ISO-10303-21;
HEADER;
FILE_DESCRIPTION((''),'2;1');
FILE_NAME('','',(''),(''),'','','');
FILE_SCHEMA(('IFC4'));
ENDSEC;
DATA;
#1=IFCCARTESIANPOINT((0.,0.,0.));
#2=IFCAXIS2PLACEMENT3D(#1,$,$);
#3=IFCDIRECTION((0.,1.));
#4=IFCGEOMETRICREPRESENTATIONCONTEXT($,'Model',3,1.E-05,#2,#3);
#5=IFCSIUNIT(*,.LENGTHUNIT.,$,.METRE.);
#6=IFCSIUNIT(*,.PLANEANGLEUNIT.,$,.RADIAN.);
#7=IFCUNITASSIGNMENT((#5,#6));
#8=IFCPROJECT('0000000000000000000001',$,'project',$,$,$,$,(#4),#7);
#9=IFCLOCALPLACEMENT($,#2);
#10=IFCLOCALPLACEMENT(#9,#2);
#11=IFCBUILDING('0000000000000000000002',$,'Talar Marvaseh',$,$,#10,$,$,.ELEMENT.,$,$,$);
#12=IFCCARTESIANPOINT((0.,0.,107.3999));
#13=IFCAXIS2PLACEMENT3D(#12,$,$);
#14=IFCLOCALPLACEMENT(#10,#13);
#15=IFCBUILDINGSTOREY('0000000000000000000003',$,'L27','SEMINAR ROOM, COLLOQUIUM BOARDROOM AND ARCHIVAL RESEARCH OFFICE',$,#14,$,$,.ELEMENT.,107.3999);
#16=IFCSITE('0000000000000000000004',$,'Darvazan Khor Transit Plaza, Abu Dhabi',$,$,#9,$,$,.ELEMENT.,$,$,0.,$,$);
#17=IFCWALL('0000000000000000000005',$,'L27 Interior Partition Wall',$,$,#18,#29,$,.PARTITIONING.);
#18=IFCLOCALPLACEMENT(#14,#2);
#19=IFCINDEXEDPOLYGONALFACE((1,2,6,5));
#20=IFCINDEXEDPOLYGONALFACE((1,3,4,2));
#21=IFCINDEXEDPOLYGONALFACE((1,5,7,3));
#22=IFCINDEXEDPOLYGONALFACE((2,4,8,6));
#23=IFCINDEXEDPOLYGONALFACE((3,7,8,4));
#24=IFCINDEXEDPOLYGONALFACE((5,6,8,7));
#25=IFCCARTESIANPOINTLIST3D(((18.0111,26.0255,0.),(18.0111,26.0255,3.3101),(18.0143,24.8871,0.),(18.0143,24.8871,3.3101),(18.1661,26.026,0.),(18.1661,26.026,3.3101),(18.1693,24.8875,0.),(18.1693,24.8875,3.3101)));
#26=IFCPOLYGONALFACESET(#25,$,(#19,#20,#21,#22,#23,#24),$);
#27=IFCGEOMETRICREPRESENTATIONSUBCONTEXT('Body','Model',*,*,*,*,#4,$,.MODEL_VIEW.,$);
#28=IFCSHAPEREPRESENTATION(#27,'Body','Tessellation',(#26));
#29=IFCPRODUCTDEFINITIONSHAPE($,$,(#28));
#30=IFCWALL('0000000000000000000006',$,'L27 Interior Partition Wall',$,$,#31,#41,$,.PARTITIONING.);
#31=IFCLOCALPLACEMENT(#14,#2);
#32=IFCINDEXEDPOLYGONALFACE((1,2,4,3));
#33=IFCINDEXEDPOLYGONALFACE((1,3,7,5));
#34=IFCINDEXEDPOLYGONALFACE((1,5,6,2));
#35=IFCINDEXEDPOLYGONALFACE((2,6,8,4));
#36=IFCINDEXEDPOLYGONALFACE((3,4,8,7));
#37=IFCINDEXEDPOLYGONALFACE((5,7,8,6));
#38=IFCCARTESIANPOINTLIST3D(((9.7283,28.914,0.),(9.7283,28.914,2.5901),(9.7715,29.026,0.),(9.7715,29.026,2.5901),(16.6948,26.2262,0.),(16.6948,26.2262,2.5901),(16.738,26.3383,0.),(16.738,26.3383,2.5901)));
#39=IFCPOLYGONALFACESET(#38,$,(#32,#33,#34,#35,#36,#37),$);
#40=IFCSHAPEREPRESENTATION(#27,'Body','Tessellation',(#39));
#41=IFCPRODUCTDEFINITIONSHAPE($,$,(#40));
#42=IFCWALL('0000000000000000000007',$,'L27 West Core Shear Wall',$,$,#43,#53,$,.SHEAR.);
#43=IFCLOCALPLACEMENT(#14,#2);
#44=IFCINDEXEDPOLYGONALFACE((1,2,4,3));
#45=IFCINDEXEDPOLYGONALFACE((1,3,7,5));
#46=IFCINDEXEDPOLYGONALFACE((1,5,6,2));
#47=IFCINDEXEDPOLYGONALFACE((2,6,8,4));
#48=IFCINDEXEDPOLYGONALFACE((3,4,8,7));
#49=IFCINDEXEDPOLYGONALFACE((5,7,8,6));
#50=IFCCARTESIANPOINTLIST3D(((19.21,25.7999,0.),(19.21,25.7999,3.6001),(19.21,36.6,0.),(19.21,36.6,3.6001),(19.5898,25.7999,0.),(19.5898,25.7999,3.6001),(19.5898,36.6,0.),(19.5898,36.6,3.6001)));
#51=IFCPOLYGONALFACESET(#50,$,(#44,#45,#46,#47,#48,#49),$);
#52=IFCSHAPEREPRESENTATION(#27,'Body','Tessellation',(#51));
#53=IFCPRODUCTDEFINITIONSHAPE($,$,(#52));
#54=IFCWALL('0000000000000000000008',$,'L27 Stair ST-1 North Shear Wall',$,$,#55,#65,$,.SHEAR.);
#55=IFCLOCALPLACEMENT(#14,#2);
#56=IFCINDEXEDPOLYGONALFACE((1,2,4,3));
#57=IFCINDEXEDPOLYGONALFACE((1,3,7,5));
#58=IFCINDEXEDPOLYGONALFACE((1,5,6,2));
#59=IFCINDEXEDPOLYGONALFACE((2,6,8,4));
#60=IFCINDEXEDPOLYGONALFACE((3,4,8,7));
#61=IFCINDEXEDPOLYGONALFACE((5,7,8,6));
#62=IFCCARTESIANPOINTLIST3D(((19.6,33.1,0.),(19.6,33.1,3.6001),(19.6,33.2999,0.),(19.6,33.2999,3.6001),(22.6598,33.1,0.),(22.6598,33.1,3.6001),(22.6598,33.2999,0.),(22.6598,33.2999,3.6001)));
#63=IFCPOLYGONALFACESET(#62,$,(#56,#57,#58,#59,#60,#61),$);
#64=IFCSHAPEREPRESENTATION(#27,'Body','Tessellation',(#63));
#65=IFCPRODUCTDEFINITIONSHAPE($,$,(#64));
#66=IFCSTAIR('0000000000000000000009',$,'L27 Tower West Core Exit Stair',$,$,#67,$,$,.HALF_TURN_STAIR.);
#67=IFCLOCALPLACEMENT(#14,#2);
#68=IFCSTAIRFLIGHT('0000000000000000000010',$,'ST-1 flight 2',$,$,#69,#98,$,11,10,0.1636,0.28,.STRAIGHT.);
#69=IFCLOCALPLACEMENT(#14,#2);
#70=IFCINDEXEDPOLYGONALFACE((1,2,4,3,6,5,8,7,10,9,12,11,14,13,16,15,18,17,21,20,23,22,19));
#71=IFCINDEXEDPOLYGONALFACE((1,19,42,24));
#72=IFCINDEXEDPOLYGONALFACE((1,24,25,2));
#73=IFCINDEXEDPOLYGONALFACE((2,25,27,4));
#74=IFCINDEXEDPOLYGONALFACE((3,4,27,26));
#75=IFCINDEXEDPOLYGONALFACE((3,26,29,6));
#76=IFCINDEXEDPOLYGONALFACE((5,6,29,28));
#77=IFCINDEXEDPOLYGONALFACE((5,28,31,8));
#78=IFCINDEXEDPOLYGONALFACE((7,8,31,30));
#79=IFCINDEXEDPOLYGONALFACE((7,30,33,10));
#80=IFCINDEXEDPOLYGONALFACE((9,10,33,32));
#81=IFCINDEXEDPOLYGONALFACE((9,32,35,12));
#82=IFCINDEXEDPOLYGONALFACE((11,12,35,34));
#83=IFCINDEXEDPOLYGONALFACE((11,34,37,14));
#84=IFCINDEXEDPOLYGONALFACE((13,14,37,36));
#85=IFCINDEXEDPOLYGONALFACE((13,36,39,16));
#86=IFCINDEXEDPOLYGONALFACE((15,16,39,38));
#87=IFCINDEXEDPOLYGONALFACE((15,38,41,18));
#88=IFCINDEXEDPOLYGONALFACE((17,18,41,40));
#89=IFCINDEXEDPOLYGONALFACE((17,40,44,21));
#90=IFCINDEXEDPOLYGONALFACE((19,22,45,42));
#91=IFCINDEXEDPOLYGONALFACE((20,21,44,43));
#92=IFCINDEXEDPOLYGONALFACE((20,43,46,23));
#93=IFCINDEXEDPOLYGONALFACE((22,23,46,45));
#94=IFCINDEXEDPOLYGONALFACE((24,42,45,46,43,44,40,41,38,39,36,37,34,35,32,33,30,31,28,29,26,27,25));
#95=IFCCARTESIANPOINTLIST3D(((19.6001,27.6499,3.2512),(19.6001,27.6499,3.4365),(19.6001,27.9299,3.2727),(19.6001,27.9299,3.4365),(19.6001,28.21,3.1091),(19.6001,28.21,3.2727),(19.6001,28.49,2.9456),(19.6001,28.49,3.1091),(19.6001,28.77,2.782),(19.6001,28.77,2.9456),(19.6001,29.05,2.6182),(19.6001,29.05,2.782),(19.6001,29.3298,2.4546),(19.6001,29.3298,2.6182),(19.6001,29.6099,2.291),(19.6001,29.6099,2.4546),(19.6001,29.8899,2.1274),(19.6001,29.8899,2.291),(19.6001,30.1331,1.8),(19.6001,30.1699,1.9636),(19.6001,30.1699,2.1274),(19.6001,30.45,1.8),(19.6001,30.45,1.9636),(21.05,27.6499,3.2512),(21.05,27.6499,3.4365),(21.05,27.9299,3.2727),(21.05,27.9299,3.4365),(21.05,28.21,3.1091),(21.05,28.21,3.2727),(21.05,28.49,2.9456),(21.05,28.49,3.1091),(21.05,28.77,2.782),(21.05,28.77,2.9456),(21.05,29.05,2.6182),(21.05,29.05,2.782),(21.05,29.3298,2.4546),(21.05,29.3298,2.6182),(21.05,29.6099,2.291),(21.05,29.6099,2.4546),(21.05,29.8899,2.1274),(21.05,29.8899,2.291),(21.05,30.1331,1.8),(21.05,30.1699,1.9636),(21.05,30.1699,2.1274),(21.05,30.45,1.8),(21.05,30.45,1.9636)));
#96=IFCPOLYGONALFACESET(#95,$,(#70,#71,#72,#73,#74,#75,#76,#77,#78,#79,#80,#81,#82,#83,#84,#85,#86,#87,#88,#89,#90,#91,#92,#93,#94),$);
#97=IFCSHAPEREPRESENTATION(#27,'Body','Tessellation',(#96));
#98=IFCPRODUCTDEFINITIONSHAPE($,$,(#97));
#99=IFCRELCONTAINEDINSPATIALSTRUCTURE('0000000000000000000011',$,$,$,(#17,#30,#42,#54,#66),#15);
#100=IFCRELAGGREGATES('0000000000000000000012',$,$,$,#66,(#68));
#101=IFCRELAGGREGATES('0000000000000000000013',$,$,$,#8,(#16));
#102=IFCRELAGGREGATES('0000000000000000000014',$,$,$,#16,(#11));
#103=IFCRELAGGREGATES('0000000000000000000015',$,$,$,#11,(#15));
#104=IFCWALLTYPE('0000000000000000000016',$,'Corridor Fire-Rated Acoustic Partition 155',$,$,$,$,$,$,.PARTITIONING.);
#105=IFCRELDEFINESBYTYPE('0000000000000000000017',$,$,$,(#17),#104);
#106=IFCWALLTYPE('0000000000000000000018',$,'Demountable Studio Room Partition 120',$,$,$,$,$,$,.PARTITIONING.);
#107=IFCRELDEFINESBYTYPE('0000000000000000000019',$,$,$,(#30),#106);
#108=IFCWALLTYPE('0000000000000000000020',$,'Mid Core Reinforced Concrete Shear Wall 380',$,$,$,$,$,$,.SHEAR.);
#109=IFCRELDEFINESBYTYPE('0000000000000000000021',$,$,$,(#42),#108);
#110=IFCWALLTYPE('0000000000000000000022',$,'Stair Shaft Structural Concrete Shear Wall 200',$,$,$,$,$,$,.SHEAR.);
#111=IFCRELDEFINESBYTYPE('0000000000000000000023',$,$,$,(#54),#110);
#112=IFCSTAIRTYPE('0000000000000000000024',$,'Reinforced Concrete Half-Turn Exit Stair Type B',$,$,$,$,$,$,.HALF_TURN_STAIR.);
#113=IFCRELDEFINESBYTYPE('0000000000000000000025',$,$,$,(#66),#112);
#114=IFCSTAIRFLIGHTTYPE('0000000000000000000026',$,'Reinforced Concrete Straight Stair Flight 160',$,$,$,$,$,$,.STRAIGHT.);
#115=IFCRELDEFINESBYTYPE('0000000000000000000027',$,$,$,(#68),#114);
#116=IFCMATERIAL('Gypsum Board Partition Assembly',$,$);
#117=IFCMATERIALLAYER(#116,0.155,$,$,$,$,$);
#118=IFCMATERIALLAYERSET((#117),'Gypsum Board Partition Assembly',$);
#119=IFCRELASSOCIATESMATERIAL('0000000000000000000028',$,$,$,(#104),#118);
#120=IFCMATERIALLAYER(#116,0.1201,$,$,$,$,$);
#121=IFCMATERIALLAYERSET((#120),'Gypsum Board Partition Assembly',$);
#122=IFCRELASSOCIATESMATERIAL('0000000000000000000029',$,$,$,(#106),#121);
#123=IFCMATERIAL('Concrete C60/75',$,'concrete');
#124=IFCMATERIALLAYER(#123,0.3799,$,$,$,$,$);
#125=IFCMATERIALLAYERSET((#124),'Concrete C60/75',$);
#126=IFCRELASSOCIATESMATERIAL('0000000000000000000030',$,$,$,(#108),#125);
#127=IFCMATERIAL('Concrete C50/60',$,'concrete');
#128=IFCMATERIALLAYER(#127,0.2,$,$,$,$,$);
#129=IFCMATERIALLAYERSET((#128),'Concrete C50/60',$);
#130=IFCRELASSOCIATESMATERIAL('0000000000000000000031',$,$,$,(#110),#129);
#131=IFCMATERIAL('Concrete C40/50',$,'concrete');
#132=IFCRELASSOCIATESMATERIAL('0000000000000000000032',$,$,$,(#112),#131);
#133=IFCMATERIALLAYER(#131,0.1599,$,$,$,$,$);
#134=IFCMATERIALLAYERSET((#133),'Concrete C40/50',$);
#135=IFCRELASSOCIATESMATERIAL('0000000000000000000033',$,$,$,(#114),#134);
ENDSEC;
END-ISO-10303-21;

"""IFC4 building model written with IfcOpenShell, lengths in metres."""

from ifc_helpers import new_model, si_unit, direction, frame, frame_2d, origin, place, context, subcontext, project, spatial, polyline, rectangle, outline, extrude, material, layer, layer_set, type_object, element, aggregate, save


model = new_model("IFC4")

# Units and contexts
model_context = context("Model", 3, precision=1e-05, world=origin(), true_north=direction((0.0, 1.0)))
body_context = subcontext(model_context, "Body", "Model", "MODEL_VIEW")
ifc_project = project(units=[si_unit("LENGTHUNIT", "METRE"), si_unit("PLANEANGLEUNIT", "RADIAN")], contexts=[model_context])

# Site, building, storey
site_placement = place(None, origin())
site = spatial("IfcSite", under=ifc_project, at=site_placement, Name="Darvazan Khor Transit Plaza, Abu Dhabi", CompositionType="ELEMENT", RefElevation=0.0)
building_placement = place(site_placement, origin())
building = spatial("IfcBuilding", under=site, at=building_placement, Name="Talar Marvaseh", CompositionType="ELEMENT")
storey_placement = place(building_placement, frame((0.0, 0.0, 107.3999)))
storey = spatial("IfcBuildingStorey", under=building, at=storey_placement, Name="L27", Description="SEMINAR ROOM, COLLOQUIUM BOARDROOM AND ARCHIVAL RESEARCH OFFICE", CompositionType="ELEMENT", Elevation=107.3999)

# Shared definitions
ifc_material_1 = material(Name="Concrete C60/75", Category="concrete")

# Shared definitions
ifc_material_2 = material(Name="Gypsum Board Partition Assembly")
ifc_layer_1 = layer(ifc_material_2, 0.155)
ifc_layer_set_1 = layer_set([ifc_layer_1], Name="Gypsum Board Partition Assembly")
wall_type_1 = type_object("IfcWallType", Name="Corridor Fire-Rated Acoustic Partition 155", PredefinedType="PARTITIONING", material=ifc_layer_set_1)

# Walls
wall_1_placement = place(storey_placement, frame((18.0886, 26.0259, 0.0), z_axis=(0.0, 0.0, 1.0), x_axis=(0.002788, -0.999996, 0.0)))
element("IfcWall", 1, at=wall_1_placement, inside=storey, type_object=wall_type_1, Name="L27 Interior Partition Wall", PredefinedType="PARTITIONING", context=body_context, shape_type="SweptSolid", body=[
    extrude(rectangle(XDim=1.1384, YDim=0.155, at=frame_2d((0.5693, 0.0))), origin(), (0.0, 0.0, 1.0), 3.3101),
])
ifc_layer_2 = layer(ifc_material_2, 0.1201)
ifc_layer_set_2 = layer_set([ifc_layer_2], Name="Gypsum Board Partition Assembly")
wall_type_2 = type_object("IfcWallType", Name="Demountable Studio Room Partition 120", PredefinedType="PARTITIONING", material=ifc_layer_set_2)
wall_2_placement = place(storey_placement, frame((9.75, 28.97, 0.0), z_axis=(0.0, 0.0, 1.0), x_axis=(0.932973, -0.359947, 0.0)))
element("IfcWall", 2, at=wall_2_placement, inside=storey, type_object=wall_type_2, Name="L27 Interior Partition Wall", PredefinedType="PARTITIONING", context=body_context, shape_type="SweptSolid", body=[
    extrude(rectangle(XDim=7.467, YDim=0.1201, at=frame_2d((3.7334, 0.0))), origin(), (0.0, 0.0, 1.0), 2.5901),
])
ifc_layer_3 = layer(ifc_material_1, 0.3799)
ifc_layer_set_3 = layer_set([ifc_layer_3], Name="Concrete C60/75")
wall_type_3 = type_object("IfcWallType", Name="Mid Core Reinforced Concrete Shear Wall 380", PredefinedType="SHEAR", material=ifc_layer_set_3)
wall_3_placement = place(storey_placement, frame((19.3999, 25.8, 0.0), z_axis=(0.0, 0.0, 1.0), x_axis=(0.0, 1.0, 0.0)))
element("IfcWall", 3, at=wall_3_placement, inside=storey, type_object=wall_type_3, Name="L27 West Core Shear Wall", PredefinedType="SHEAR", context=body_context, shape_type="SweptSolid", body=[
    extrude(rectangle(XDim=10.8, YDim=0.3799, at=frame_2d((5.3999, 0.0))), origin(), (0.0, 0.0, 1.0), 3.6001),
])
ifc_material_3 = material(Name="Concrete C50/60", Category="concrete")
ifc_layer_4 = layer(ifc_material_3, 0.2)
ifc_layer_set_4 = layer_set([ifc_layer_4], Name="Concrete C50/60")
wall_type_4 = type_object("IfcWallType", Name="Stair Shaft Structural Concrete Shear Wall 200", PredefinedType="SHEAR", material=ifc_layer_set_4)
wall_4_placement = place(storey_placement, frame((19.6001, 33.2, 0.0), z_axis=(0.0, 0.0, 1.0), x_axis=(1.0, 0.0, 0.0)))
element("IfcWall", 4, at=wall_4_placement, inside=storey, type_object=wall_type_4, Name="L27 Stair ST-1 North Shear Wall", PredefinedType="SHEAR", context=body_context, shape_type="SweptSolid", body=[
    extrude(rectangle(XDim=3.0598, YDim=0.2, at=frame_2d((1.5298, 0.0))), origin(), (0.0, 0.0, 1.0), 3.6001),
])

# Stair, stair flight
ifc_material_4 = material(Name="Concrete C40/50", Category="concrete")
stair_type = type_object("IfcStairType", Name="Reinforced Concrete Half-Turn Exit Stair Type B", PredefinedType="HALF_TURN_STAIR", material=ifc_material_4)
stair_placement = place(storey_placement, origin())
stair = element("IfcStair", 5, at=stair_placement, inside=storey, type_object=stair_type, Name="L27 Tower West Core Exit Stair", PredefinedType="HALF_TURN_STAIR")
ifc_layer_5 = layer(ifc_material_4, 0.1599)
ifc_layer_set_5 = layer_set([ifc_layer_5], Name="Concrete C40/50")
stair_flight_type = type_object("IfcStairFlightType", Name="Reinforced Concrete Straight Stair Flight 160", PredefinedType="STRAIGHT", material=ifc_layer_set_5)
stair_flight_placement = place(storey_placement, frame((20.325, 30.45, 1.8), z_axis=(0.0, 0.0, 1.0), x_axis=(0.0, -1.0, 0.0)))
stair_flight = element("IfcStairFlight", 6, at=stair_flight_placement, type_object=stair_flight_type, Name="ST-1 flight 2", NumberOfRisers=11, NumberOfTreads=10, PredefinedType="STRAIGHT", RiserHeight=0.1636, TreadLength=0.28, context=body_context, shape_type="SweptSolid", body=[
    extrude(outline(polyline([(0.0, 0.0), (0.0, 0.1636), (0.28, 0.1636), (0.28, 0.3274), (0.5601, 0.3274), (0.5601, 0.491), (0.8401, 0.491), (0.8401, 0.6545), (1.1201, 0.6545), (1.1201, 0.8181), (1.3999, 0.8181), (1.3999, 0.9819), (1.6799, 0.9819), (1.6799, 1.1455), (1.96, 1.1455), (1.96, 1.3091), (2.24, 1.3091), (2.24, 1.4727), (2.52, 1.4727), (2.52, 1.6365), (2.8, 1.6365), (2.8, 1.8), (2.8, 1.4512), (0.3169, 0.0), (0.0, 0.0)])), frame((0.0, 0.7251, 0.0), z_axis=(0.0, -1.0, 0.0), x_axis=(1.0, 0.0, 0.0)), (0.0, 0.0, 1.0), 1.45),
])
aggregate(stair, [stair_flight])

save(model, "model.ifc")
